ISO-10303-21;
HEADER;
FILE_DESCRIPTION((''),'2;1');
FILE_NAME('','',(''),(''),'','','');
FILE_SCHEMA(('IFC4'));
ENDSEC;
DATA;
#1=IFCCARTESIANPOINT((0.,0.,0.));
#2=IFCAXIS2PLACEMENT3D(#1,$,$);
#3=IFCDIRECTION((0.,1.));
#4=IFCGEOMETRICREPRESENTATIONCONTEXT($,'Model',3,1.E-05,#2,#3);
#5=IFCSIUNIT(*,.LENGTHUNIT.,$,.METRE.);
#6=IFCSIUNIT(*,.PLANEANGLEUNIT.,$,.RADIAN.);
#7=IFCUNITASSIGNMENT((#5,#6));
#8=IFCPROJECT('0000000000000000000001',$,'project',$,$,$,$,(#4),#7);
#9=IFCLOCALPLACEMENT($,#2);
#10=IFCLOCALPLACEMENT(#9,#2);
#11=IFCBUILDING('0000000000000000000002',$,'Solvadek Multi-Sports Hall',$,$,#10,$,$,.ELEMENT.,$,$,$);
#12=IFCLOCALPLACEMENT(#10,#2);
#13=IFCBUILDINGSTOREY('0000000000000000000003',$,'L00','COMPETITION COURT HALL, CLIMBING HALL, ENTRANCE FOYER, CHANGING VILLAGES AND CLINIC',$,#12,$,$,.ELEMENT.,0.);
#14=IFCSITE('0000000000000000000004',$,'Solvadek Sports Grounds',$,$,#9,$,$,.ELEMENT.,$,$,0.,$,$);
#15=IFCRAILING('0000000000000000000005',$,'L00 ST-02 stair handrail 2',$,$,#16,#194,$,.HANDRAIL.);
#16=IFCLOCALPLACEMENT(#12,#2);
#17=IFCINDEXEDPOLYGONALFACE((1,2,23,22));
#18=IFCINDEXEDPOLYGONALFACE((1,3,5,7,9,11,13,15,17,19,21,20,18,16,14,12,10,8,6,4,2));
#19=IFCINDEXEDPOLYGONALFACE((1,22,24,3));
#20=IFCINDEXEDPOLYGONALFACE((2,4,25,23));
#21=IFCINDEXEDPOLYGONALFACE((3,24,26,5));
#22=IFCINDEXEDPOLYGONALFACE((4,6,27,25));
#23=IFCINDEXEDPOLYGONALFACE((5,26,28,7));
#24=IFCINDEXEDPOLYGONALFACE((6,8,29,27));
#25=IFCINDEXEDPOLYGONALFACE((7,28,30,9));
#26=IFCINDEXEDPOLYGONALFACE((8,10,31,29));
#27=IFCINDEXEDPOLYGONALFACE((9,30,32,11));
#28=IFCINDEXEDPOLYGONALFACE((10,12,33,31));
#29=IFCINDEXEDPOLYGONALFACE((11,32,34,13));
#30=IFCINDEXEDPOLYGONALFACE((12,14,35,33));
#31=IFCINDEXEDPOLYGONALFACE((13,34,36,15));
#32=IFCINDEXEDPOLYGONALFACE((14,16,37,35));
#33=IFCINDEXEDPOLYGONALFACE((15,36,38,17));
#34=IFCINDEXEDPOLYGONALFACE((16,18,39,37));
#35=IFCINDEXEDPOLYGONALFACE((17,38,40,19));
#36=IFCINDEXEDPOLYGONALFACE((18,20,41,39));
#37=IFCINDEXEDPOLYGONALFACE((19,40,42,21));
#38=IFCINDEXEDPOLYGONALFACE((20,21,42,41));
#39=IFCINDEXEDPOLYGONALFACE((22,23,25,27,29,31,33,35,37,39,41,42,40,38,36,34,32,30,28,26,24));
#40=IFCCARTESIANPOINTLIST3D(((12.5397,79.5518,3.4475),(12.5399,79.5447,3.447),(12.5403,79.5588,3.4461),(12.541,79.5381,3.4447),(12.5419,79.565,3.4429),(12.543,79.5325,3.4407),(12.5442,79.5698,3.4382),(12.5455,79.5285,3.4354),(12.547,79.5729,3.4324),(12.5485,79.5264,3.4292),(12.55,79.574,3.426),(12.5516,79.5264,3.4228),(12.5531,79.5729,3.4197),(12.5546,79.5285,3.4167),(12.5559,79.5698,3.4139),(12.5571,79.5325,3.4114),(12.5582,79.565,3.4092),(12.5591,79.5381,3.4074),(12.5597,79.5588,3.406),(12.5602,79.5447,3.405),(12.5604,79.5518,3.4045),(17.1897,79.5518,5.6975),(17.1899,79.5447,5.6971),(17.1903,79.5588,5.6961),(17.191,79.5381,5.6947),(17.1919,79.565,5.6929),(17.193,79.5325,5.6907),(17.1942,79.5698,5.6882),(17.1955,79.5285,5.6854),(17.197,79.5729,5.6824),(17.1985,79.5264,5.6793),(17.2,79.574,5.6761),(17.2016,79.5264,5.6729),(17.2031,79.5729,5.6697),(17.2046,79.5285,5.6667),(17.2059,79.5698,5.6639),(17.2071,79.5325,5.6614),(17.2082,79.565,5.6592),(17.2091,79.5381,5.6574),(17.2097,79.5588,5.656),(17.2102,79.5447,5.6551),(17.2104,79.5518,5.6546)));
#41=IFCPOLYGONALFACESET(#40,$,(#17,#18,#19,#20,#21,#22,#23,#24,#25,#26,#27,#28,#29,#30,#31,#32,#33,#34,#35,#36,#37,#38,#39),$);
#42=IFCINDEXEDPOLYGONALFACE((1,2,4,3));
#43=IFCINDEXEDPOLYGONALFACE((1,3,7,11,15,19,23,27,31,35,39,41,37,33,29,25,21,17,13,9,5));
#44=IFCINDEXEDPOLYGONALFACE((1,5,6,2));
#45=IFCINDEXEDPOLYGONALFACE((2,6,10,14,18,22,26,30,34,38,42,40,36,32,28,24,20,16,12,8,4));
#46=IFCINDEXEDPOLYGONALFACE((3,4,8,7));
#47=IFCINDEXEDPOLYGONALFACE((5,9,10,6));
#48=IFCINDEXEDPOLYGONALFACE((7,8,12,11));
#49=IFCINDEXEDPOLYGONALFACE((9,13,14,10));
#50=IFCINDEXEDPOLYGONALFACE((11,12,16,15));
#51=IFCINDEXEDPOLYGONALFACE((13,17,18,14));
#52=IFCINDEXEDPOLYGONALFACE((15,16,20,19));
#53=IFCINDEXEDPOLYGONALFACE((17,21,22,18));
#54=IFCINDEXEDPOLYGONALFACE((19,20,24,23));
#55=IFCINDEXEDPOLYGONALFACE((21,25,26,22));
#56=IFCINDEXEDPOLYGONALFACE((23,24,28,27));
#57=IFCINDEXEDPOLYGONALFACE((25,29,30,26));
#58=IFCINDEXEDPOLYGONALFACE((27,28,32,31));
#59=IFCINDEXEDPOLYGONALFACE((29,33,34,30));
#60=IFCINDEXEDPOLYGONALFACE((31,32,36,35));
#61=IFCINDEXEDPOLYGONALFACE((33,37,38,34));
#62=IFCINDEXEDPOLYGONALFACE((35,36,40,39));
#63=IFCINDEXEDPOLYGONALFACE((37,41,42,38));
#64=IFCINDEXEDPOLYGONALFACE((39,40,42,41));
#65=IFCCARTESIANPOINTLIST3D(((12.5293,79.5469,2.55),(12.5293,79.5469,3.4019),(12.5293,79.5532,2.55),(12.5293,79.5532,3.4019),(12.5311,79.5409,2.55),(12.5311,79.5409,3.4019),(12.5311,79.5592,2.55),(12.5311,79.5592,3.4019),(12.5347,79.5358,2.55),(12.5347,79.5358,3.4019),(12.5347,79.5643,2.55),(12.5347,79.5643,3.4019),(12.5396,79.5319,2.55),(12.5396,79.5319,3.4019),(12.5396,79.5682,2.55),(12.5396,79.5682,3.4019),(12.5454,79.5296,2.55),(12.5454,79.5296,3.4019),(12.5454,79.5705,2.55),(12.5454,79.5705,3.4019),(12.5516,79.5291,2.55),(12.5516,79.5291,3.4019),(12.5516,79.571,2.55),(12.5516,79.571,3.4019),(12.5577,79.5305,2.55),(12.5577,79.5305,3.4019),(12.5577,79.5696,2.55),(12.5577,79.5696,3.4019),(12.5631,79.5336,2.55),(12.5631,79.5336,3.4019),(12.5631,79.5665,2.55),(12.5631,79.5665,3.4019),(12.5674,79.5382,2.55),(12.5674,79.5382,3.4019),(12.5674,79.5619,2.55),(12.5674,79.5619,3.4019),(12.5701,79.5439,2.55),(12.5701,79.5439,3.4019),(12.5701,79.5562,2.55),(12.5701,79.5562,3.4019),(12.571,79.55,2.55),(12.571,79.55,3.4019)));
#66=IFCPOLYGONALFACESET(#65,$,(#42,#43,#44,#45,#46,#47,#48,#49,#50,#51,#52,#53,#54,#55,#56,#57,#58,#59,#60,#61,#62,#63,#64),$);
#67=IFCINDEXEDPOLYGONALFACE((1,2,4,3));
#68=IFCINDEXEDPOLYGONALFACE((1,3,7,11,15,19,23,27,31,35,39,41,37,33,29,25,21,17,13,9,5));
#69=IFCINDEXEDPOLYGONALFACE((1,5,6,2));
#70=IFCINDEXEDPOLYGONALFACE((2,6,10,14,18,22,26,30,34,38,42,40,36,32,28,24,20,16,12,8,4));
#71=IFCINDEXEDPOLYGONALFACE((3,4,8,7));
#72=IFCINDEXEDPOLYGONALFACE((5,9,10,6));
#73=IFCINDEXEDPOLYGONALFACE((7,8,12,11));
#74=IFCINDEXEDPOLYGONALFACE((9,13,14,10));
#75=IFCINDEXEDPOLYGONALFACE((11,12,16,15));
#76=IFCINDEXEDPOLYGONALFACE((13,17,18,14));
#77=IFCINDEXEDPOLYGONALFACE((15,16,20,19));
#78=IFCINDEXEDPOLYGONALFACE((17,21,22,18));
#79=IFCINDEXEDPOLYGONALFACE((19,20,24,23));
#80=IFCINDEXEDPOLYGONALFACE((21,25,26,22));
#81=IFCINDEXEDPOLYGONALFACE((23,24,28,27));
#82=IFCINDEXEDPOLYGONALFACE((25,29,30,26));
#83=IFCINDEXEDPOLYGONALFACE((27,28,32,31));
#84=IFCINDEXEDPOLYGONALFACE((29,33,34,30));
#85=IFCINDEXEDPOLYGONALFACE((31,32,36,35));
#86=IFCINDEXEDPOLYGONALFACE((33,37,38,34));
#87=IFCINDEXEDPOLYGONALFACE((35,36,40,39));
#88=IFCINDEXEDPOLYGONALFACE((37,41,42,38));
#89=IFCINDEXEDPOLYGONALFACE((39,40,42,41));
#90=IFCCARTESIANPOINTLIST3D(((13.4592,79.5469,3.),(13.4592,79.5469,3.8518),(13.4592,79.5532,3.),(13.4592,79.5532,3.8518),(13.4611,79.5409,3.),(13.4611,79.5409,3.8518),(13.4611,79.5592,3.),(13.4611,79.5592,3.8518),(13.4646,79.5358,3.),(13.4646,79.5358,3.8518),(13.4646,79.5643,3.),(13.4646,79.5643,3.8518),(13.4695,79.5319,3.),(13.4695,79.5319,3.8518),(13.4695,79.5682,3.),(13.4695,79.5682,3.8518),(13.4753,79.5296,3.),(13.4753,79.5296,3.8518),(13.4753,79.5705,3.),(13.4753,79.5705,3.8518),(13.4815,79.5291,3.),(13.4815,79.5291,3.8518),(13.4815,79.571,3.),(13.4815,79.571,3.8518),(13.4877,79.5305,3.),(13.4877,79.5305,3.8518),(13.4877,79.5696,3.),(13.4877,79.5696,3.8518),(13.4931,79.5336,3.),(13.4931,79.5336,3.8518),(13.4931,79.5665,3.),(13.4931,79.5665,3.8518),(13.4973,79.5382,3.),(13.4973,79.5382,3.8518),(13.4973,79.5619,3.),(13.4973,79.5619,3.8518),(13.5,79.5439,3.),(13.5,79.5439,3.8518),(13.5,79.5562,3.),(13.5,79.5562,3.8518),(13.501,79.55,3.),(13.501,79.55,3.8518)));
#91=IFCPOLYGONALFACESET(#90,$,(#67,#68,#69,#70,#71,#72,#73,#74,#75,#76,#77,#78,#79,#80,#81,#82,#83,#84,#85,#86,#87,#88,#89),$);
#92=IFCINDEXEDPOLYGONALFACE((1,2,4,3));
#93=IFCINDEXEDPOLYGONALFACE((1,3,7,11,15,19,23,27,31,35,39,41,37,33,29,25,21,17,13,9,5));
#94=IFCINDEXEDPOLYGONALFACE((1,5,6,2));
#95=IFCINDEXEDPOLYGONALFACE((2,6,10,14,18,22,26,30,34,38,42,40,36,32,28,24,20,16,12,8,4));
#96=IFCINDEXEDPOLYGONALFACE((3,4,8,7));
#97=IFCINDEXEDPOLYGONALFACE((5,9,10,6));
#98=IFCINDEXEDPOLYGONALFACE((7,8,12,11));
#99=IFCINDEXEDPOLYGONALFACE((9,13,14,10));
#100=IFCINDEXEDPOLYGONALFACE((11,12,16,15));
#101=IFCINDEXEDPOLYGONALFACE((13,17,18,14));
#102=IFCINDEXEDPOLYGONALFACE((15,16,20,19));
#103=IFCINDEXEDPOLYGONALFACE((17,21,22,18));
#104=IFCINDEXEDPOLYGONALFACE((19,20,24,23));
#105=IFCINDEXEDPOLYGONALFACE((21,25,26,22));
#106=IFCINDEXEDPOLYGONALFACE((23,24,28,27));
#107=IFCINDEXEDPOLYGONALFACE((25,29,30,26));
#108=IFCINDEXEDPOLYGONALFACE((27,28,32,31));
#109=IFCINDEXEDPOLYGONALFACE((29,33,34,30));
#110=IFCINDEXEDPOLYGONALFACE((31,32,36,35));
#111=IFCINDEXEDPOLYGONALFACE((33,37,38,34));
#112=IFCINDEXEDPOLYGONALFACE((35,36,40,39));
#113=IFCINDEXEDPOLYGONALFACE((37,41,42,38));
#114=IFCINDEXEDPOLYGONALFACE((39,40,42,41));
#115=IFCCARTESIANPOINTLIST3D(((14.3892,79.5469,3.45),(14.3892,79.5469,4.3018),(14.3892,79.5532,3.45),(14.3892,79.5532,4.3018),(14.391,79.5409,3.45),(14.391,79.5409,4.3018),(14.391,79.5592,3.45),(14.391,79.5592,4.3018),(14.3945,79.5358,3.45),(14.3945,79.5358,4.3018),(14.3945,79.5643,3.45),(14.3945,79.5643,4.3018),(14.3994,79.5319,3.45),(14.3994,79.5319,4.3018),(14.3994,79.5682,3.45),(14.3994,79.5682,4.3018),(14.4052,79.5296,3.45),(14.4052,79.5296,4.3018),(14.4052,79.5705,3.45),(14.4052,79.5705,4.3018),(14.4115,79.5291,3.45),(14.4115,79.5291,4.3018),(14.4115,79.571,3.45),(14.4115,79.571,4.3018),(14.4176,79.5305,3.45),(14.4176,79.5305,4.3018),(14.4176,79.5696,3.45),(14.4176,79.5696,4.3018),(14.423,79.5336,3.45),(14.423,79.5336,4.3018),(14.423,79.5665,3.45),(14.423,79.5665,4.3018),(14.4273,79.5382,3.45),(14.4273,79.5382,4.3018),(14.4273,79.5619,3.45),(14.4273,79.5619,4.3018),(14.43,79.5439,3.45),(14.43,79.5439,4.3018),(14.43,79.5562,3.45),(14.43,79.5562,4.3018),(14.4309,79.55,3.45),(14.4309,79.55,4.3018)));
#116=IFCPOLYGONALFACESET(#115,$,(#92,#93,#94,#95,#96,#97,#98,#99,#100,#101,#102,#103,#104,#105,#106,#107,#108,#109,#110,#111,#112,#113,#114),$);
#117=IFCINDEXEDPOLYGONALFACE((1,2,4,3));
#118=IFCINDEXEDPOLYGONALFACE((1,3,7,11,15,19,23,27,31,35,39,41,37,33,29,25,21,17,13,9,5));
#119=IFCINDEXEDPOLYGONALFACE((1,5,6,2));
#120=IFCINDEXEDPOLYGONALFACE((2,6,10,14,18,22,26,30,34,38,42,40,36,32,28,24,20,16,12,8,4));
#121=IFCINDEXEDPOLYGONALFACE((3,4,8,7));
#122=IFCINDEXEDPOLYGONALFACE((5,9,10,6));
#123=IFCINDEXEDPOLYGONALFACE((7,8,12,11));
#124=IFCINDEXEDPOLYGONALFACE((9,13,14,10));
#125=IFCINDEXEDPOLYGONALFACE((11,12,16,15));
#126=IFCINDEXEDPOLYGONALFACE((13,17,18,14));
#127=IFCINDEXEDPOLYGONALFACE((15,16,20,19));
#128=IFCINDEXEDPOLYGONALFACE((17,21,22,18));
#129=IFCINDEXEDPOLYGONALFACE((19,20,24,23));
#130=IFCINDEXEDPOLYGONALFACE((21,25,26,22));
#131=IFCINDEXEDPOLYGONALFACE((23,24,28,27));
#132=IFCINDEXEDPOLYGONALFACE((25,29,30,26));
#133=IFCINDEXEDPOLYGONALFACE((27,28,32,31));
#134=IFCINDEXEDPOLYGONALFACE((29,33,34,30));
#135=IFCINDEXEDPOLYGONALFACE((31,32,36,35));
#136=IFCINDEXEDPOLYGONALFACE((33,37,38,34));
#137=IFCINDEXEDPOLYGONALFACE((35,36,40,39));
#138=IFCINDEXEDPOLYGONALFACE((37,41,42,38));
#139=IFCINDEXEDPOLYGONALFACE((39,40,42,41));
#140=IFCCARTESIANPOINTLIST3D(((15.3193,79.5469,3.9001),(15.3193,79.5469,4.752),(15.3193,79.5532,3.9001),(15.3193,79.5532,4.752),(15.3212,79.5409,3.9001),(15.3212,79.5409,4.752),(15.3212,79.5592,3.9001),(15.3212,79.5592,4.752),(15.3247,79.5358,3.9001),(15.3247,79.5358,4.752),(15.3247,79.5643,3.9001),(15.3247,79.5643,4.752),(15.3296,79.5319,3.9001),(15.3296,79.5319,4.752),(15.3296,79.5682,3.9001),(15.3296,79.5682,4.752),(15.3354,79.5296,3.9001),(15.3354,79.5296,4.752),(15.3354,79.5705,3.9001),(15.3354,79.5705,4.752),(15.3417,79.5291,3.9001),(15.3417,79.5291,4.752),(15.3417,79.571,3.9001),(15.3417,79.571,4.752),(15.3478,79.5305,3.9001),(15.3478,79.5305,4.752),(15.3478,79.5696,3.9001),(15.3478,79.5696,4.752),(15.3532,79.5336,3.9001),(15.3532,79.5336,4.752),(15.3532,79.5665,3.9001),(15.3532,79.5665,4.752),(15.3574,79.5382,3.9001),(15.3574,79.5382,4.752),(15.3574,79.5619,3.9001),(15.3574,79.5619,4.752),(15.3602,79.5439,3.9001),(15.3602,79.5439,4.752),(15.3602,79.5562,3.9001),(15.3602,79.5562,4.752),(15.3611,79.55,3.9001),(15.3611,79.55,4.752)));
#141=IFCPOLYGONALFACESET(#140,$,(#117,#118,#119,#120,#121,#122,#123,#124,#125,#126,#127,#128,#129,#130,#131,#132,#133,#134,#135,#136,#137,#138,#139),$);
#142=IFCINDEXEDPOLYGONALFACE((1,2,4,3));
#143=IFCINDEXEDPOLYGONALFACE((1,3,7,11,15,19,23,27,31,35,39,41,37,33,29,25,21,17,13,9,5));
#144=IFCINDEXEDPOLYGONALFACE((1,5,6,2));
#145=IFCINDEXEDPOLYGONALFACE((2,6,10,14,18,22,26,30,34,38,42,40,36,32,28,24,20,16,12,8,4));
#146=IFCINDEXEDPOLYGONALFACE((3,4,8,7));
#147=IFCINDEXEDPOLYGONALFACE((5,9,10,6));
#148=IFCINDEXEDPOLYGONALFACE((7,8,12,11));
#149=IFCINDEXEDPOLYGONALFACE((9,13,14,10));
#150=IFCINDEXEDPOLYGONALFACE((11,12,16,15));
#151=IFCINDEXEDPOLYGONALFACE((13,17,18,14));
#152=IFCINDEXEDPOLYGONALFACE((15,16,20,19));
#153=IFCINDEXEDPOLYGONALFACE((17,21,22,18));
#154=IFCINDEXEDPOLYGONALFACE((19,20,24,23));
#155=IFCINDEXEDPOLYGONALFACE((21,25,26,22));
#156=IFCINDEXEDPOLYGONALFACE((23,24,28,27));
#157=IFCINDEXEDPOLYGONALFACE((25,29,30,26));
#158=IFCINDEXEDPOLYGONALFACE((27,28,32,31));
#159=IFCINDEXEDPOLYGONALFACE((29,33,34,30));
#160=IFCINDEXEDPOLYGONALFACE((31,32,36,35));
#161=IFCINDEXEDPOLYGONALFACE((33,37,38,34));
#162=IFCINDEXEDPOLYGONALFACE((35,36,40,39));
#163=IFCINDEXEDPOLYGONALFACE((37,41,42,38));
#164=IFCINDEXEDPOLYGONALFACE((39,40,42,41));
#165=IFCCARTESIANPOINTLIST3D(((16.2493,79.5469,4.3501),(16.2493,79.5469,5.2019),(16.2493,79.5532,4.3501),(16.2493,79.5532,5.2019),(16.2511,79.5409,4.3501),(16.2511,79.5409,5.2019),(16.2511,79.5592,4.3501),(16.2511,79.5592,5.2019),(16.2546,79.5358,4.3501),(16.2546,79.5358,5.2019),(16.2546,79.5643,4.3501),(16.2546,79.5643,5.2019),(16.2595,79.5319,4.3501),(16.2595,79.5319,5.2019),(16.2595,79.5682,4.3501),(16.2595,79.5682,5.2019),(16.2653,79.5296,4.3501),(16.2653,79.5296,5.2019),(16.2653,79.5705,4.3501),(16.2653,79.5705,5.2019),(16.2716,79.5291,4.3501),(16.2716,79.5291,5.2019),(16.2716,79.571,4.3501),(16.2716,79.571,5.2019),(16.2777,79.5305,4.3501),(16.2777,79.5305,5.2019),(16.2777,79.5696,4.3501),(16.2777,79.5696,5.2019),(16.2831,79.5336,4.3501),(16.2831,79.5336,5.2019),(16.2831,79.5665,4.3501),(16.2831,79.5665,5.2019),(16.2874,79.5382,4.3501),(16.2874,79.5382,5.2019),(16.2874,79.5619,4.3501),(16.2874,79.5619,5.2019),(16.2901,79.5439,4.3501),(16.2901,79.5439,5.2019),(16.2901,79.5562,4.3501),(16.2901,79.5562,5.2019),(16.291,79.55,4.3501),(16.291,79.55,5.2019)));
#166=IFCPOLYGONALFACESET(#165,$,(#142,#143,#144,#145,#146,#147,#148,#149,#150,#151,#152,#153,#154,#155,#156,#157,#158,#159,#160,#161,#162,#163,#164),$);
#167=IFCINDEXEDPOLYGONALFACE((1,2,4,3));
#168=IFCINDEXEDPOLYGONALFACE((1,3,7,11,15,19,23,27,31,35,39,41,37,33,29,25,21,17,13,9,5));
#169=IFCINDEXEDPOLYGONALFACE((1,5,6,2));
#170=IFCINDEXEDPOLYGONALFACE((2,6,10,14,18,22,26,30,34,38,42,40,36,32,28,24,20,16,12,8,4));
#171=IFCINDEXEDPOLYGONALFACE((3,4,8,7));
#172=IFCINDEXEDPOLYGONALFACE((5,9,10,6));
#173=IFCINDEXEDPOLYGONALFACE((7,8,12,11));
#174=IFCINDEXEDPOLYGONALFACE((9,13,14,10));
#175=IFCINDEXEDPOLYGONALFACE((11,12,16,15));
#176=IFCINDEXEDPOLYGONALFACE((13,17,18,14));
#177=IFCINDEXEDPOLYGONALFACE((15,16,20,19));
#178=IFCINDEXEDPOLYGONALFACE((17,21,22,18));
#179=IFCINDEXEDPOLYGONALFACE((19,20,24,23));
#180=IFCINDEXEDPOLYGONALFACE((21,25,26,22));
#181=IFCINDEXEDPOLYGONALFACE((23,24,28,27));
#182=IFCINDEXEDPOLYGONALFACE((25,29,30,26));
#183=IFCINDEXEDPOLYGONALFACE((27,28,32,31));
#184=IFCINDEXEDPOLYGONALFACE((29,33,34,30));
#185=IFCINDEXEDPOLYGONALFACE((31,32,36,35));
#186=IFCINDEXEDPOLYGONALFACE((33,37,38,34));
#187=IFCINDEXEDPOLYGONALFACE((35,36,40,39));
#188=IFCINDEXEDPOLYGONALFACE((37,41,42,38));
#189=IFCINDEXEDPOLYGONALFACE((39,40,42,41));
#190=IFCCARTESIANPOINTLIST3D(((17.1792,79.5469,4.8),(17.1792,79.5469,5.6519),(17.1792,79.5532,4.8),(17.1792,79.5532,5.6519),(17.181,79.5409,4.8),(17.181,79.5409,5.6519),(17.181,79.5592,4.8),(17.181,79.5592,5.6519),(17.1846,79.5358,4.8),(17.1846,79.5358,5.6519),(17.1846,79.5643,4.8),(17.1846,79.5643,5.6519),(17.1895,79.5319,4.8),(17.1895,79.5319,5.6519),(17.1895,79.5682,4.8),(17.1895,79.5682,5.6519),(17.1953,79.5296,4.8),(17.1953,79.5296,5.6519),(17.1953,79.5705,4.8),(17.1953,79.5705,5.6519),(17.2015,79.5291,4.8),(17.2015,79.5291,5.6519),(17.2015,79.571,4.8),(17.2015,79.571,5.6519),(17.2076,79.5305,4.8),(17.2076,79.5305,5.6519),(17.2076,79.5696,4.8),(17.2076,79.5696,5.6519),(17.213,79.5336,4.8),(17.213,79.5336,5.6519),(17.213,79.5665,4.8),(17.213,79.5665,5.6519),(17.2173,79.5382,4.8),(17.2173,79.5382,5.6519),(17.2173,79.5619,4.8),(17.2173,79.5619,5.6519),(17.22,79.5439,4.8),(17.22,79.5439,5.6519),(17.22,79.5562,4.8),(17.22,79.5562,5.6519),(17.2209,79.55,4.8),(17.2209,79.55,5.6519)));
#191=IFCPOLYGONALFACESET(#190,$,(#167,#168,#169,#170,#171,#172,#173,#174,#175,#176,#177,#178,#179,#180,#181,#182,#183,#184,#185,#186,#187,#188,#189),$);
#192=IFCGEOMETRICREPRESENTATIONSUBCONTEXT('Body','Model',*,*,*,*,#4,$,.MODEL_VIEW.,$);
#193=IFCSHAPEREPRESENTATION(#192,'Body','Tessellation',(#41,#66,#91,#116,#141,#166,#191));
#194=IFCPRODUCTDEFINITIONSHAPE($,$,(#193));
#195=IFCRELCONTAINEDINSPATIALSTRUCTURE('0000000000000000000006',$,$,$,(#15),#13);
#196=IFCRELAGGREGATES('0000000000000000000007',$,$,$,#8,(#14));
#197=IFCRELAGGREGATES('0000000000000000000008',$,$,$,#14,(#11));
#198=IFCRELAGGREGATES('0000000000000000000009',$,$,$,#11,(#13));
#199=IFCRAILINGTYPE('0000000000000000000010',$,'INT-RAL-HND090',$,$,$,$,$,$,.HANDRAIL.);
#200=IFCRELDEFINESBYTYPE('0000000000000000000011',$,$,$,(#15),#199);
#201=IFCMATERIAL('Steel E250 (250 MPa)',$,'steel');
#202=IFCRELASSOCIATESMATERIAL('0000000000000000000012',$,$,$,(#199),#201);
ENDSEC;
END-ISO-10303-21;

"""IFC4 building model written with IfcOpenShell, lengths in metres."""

from ifc_helpers import new_model, si_unit, direction, frame, origin, origin_2d, place, context, subcontext, project, spatial, circle, extrude, material, type_object, element, save


model = new_model("IFC4")

# Units and contexts
model_context = context("Model", 3, precision=1e-05, world=origin(), true_north=direction((0.0, 1.0)))
body_context = subcontext(model_context, "Body", "Model", "MODEL_VIEW")
ifc_project = project(units=[si_unit("LENGTHUNIT", "METRE"), si_unit("PLANEANGLEUNIT", "RADIAN")], contexts=[model_context])

# Site, building, storey
site_placement = place(None, origin())
site = spatial("IfcSite", under=ifc_project, at=site_placement, Name="Solvadek Sports Grounds", CompositionType="ELEMENT", RefElevation=0.0)
building_placement = place(site_placement, origin())
building = spatial("IfcBuilding", under=site, at=building_placement, Name="Solvadek Multi-Sports Hall", CompositionType="ELEMENT")
storey_placement = place(building_placement, origin())
storey = spatial("IfcBuildingStorey", under=building, at=storey_placement, Name="L00", Description="COMPETITION COURT HALL, CLIMBING HALL, ENTRANCE FOYER, CHANGING VILLAGES AND CLINIC", CompositionType="ELEMENT", Elevation=0.0)

# Shared definitions
ifc_material_1 = material(Name="Steel E250 (250 MPa)", Category="steel")

# Railing
railing_type = type_object("IfcRailingType", Name="INT-RAL-HND090", PredefinedType="HANDRAIL", material=ifc_material_1)
railing_placement = place(storey_placement, frame((12.55, 79.55, 2.55)))
element("IfcRailing", 1, at=railing_placement, inside=storey, type_object=railing_type, Name="L00 ST-02 stair handrail 2", PredefinedType="HANDRAIL", context=body_context, shape_type="SweptSolid", body=[
    extrude(circle(Radius=0.0239, at=origin_2d()), frame((0.0, 0.0, 0.876), z_axis=(0.900156, 0.0, 0.435568), x_axis=(0.0, 1.0, 0.0)), (0.0, 0.0, 1.0), 5.1658),
    extrude(circle(Radius=0.021, at=origin_2d()), origin(), (0.0, 0.0, 1.0), 0.8518),
    extrude(circle(Radius=0.021, at=origin_2d()), frame((0.9299, 0.0, 0.45)), (0.0, 0.0, 1.0), 0.8518),
    extrude(circle(Radius=0.021, at=origin_2d()), frame((1.8599, 0.0, 0.8999)), (0.0, 0.0, 1.0), 0.8518),
    extrude(circle(Radius=0.021, at=origin_2d()), frame((2.79, 0.0, 1.3501)), (0.0, 0.0, 1.0), 0.8518),
    extrude(circle(Radius=0.021, at=origin_2d()), frame((3.72, 0.0, 1.8)), (0.0, 0.0, 1.0), 0.8518),
    extrude(circle(Radius=0.021, at=origin_2d()), frame((4.6499, 0.0, 2.25)), (0.0, 0.0, 1.0), 0.8518),
])

save(model, "model.ifc")
